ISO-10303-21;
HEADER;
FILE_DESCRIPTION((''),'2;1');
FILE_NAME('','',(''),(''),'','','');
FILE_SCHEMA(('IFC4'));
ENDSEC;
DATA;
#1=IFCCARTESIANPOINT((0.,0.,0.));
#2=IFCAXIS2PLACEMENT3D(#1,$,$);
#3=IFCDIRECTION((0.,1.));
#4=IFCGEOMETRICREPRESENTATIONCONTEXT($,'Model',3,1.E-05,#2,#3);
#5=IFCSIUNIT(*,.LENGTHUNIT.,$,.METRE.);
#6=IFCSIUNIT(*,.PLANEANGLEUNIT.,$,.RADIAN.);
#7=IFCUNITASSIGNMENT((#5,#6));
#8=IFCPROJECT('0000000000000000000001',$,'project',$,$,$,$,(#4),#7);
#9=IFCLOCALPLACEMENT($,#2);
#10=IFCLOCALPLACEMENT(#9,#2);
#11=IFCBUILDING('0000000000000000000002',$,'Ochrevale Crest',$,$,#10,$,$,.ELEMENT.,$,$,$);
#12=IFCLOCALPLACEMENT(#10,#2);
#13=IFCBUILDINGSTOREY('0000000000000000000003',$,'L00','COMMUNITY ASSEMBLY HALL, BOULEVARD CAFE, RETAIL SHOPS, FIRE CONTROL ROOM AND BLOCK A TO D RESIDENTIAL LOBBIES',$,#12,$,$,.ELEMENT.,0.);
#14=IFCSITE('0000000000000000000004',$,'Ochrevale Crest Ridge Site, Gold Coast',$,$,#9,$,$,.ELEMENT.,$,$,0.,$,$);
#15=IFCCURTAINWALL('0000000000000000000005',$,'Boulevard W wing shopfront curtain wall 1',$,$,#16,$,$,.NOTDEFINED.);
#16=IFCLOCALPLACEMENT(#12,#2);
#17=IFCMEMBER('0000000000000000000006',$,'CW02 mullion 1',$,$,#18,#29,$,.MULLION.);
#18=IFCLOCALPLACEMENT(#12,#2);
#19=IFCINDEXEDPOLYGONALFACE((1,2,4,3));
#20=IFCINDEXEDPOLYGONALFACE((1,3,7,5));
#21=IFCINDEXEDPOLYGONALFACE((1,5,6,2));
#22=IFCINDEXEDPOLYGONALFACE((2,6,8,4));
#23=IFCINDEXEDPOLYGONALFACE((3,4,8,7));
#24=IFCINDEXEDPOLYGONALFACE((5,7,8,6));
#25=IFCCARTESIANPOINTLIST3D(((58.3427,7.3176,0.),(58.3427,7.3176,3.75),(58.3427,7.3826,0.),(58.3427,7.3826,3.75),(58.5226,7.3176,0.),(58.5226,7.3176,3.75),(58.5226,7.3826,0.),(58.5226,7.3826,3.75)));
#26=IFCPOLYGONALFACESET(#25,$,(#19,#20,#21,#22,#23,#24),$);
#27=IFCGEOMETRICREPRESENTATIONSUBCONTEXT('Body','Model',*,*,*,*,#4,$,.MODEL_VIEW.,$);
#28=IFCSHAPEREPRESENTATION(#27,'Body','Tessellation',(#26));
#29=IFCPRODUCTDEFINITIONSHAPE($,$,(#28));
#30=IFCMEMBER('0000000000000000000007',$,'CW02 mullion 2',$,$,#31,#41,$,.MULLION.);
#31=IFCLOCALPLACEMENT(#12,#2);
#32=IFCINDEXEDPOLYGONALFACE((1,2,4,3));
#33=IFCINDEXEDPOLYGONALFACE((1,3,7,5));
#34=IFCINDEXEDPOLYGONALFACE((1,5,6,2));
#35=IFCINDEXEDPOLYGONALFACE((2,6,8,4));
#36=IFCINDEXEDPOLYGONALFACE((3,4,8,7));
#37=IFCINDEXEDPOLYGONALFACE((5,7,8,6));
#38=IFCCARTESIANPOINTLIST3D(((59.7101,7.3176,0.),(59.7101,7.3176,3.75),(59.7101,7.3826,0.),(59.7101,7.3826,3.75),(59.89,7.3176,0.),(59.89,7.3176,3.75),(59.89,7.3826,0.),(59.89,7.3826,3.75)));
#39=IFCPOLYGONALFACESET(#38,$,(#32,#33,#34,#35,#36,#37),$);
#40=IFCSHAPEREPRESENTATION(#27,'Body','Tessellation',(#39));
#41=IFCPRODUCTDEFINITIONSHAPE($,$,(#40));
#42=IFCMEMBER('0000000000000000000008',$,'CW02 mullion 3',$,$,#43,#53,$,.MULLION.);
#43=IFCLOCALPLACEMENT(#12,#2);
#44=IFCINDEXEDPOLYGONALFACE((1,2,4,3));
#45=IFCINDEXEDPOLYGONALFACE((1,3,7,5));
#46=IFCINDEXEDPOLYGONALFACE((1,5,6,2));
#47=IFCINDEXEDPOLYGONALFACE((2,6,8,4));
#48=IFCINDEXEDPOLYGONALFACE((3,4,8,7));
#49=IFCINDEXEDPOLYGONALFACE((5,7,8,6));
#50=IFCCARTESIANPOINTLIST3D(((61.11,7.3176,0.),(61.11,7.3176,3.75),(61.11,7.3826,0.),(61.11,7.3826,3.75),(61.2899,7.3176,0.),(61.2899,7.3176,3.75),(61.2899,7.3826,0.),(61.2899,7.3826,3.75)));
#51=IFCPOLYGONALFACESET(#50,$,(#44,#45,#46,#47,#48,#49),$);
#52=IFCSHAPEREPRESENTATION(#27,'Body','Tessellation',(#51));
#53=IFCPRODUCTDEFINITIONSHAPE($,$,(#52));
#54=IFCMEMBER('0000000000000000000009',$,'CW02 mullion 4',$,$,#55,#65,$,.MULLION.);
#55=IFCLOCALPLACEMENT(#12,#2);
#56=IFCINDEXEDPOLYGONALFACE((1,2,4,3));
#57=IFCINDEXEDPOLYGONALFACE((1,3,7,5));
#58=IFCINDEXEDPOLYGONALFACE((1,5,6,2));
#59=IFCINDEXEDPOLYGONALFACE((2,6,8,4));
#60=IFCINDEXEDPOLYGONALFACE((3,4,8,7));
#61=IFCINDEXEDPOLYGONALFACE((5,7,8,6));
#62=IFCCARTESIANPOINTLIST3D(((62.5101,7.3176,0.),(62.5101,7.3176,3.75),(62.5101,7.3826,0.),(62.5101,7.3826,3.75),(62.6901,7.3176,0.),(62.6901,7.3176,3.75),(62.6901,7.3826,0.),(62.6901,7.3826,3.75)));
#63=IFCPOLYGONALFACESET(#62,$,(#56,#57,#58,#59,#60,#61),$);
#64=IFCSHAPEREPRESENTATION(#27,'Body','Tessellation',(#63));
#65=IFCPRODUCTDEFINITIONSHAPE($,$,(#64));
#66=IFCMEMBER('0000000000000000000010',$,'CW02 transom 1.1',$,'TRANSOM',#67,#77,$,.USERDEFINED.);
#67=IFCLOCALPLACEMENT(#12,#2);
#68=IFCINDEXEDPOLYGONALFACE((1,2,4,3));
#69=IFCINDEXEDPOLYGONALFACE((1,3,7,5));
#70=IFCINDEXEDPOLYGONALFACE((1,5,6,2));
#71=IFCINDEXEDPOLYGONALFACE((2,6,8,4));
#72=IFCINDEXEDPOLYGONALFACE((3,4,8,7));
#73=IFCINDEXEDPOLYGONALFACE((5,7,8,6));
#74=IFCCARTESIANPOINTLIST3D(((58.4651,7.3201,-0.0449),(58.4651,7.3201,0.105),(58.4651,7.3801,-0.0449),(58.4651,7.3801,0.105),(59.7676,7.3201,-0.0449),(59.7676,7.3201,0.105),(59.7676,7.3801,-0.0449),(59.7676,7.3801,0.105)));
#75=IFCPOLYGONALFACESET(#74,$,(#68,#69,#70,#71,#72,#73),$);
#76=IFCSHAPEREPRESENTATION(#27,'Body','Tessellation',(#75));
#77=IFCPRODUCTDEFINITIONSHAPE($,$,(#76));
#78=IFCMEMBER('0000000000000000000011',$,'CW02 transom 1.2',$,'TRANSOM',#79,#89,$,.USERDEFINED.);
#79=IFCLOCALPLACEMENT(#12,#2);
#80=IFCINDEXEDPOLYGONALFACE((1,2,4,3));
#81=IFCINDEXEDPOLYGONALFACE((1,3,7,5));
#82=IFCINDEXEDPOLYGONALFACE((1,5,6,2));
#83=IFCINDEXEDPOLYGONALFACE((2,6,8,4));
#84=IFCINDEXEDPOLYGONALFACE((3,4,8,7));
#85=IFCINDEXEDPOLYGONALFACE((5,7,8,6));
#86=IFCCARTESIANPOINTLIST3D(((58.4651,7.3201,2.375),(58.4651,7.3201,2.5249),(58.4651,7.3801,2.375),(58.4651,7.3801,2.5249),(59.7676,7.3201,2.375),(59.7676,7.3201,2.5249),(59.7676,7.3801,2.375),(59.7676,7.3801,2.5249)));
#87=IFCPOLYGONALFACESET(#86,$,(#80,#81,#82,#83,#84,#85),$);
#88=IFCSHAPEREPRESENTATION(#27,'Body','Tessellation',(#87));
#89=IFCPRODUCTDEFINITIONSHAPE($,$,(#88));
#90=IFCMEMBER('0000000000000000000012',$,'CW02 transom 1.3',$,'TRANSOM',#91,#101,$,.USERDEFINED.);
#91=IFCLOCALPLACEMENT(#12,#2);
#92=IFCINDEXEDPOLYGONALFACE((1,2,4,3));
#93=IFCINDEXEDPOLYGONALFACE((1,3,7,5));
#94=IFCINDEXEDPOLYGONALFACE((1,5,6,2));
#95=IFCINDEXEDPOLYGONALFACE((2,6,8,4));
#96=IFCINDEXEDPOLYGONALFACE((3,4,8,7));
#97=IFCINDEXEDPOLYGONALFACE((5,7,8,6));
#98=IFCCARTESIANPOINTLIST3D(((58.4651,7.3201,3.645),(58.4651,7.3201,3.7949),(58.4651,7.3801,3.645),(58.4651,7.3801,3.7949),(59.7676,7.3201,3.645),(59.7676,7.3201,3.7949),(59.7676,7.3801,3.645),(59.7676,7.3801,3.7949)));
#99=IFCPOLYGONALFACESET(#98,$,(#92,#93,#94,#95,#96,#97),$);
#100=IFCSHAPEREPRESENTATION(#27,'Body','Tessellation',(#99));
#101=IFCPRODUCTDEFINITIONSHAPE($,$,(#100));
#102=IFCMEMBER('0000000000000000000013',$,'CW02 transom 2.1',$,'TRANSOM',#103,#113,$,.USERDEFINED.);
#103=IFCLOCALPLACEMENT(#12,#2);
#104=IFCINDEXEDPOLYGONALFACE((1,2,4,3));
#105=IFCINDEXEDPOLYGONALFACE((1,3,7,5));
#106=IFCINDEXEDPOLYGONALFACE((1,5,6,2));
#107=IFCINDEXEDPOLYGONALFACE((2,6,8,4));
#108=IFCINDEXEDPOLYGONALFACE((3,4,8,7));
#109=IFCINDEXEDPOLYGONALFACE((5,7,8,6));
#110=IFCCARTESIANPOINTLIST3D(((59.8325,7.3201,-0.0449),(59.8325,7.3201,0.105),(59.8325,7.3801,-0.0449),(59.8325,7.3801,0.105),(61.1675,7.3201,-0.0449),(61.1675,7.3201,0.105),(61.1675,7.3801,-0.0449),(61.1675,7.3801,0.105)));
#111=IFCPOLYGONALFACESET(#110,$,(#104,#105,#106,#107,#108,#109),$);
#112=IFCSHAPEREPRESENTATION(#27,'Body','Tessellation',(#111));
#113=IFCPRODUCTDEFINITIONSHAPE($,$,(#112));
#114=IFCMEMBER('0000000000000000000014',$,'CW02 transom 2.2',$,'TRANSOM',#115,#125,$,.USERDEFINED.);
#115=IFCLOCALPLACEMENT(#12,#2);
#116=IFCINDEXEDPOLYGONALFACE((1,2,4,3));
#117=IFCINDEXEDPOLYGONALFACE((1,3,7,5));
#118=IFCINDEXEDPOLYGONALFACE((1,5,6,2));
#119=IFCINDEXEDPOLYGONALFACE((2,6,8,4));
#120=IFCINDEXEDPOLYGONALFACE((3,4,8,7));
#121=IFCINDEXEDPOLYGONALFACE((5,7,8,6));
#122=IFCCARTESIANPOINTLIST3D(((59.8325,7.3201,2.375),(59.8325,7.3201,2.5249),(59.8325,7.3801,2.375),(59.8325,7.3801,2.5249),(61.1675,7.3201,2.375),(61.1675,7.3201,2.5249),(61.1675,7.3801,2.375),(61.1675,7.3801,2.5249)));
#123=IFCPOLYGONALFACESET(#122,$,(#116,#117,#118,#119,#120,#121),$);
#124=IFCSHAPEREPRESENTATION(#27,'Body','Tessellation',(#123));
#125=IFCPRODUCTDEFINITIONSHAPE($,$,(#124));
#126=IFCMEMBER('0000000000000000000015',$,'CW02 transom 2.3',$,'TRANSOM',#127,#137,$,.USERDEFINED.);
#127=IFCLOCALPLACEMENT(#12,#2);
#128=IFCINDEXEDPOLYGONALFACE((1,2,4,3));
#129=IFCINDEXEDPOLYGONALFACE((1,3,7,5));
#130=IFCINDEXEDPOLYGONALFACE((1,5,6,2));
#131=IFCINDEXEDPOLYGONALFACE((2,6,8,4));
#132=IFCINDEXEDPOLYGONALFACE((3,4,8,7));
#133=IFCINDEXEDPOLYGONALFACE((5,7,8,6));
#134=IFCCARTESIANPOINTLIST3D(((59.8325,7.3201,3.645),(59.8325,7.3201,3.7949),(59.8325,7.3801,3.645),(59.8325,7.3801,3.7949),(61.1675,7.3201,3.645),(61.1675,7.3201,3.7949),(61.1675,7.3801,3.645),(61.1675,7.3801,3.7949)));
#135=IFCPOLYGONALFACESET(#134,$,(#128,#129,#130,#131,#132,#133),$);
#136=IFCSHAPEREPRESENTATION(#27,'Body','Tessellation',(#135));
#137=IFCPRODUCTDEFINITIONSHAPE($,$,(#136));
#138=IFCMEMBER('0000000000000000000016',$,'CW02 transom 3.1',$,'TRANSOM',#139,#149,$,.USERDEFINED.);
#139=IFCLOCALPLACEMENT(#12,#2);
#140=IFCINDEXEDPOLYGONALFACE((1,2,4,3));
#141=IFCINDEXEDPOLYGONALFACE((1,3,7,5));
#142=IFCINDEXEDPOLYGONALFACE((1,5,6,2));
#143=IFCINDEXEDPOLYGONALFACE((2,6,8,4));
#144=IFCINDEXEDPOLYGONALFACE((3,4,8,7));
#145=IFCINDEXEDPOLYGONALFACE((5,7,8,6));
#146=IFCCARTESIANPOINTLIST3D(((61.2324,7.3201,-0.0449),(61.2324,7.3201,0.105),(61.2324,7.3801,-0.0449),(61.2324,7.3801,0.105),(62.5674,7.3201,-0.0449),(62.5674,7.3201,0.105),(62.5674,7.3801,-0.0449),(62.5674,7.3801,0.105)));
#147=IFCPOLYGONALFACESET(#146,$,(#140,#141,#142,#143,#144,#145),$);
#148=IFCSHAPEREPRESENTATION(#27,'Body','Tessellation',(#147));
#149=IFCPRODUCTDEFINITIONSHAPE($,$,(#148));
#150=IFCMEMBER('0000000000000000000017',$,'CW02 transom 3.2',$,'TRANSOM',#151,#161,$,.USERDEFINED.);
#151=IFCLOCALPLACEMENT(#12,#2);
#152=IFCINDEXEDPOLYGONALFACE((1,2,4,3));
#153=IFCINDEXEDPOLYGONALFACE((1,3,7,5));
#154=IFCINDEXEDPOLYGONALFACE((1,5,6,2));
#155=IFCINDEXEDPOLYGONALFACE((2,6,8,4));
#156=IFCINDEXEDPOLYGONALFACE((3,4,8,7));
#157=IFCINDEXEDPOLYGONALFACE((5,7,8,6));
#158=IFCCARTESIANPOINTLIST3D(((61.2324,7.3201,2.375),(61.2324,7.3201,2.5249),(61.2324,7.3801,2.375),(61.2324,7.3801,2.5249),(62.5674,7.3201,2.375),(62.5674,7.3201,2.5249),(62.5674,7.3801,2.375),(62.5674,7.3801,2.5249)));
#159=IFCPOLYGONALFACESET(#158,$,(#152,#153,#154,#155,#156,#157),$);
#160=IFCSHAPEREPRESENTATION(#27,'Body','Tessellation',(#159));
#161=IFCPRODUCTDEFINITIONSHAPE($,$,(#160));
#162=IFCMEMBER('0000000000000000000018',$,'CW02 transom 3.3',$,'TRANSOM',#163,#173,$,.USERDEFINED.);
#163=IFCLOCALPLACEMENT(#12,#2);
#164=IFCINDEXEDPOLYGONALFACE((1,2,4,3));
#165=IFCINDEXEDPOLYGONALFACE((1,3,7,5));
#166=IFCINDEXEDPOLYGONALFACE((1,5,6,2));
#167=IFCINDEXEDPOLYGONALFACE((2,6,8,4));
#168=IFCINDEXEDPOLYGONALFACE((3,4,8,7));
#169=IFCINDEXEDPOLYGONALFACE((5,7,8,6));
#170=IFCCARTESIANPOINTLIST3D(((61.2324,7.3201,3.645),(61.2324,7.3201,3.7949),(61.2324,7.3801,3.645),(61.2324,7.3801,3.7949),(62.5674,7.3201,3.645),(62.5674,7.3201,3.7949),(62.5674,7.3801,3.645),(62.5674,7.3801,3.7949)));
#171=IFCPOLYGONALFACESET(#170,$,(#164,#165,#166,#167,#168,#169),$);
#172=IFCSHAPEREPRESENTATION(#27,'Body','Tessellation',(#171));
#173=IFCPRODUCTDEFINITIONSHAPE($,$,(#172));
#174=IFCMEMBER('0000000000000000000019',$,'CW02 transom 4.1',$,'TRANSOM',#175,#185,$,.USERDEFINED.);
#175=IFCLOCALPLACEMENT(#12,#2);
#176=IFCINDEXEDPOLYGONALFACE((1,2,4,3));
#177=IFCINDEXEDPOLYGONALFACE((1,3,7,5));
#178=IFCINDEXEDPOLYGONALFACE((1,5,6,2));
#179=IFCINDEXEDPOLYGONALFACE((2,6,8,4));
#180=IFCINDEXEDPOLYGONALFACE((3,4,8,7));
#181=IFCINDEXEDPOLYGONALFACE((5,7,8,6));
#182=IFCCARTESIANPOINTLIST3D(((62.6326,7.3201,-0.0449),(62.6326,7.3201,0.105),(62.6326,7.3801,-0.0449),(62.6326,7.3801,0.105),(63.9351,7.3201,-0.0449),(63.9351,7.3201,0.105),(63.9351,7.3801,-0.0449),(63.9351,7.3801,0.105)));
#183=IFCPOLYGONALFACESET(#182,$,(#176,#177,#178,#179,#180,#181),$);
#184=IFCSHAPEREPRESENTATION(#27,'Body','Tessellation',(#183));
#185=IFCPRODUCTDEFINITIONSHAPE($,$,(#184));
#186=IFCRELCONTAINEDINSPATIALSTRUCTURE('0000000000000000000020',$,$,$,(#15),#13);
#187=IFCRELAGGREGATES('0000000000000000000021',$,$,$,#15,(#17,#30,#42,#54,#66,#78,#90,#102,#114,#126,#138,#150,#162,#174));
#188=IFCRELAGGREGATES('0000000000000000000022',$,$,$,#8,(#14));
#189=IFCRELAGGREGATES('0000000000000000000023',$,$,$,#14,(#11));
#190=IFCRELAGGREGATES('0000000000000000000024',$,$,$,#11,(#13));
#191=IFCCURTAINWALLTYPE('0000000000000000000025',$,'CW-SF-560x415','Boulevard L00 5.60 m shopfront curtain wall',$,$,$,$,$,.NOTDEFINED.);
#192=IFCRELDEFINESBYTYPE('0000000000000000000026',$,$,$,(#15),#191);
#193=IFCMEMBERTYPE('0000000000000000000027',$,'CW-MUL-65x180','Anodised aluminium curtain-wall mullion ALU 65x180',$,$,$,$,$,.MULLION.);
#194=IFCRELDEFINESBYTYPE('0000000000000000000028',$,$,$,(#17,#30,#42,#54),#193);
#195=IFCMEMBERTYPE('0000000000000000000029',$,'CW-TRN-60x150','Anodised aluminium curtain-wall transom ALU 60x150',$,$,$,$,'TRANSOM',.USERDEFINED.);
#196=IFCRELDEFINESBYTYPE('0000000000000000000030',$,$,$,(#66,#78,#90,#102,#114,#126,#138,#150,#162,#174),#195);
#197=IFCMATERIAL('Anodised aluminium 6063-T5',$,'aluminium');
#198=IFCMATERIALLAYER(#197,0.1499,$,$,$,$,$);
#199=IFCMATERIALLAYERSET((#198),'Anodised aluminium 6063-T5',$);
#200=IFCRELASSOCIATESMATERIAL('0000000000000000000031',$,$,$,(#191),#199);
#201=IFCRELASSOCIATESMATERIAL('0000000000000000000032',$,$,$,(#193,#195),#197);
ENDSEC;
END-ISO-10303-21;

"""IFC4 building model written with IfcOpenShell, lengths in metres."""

from ifc_helpers import new_model, si_unit, direction, frame, origin, origin_2d, place, context, subcontext, project, spatial, rectangle, extrude, material, layer, layer_set, material_profile, profile_set, type_object, element, aggregate, save


model = new_model("IFC4")

# Units and contexts
model_context = context("Model", 3, precision=1e-05, world=origin(), true_north=direction((0.0, 1.0)))
body_context = subcontext(model_context, "Body", "Model", "MODEL_VIEW")
ifc_project = project(units=[si_unit("LENGTHUNIT", "METRE"), si_unit("PLANEANGLEUNIT", "RADIAN")], contexts=[model_context])

# Site, building, storey
site_placement = place(None, origin())
site = spatial("IfcSite", under=ifc_project, at=site_placement, Name="Ochrevale Crest Ridge Site, Gold Coast", CompositionType="ELEMENT", RefElevation=0.0)
building_placement = place(site_placement, origin())
building = spatial("IfcBuilding", under=site, at=building_placement, Name="Ochrevale Crest", CompositionType="ELEMENT")
storey_placement = place(building_placement, origin())
storey = spatial("IfcBuildingStorey", under=building, at=storey_placement, Name="L00", Description="COMMUNITY ASSEMBLY HALL, BOULEVARD CAFE, RETAIL SHOPS, FIRE CONTROL ROOM AND BLOCK A TO D RESIDENTIAL LOBBIES", CompositionType="ELEMENT", Elevation=0.0)

# Curtain wall, members
ifc_material_1 = material(Name="Anodised aluminium 6063-T5", Category="aluminium")
ifc_layer_1 = layer(ifc_material_1, 0.1499)
ifc_layer_set_1 = layer_set([ifc_layer_1], Name="Anodised aluminium 6063-T5")
curtain_wall_type = type_object("IfcCurtainWallType", Name="CW-SF-560x415", Description="Boulevard L00 5.60 m shopfront curtain wall", PredefinedType="NOTDEFINED", material=ifc_layer_set_1)
curtain_wall_placement = place(storey_placement, origin())
curtain_wall = element("IfcCurtainWall", 1, at=curtain_wall_placement, inside=storey, type_object=curtain_wall_type, Name="Boulevard W wing shopfront curtain wall 1", PredefinedType="NOTDEFINED")
ifc_material_profile_1 = material_profile(ifc_material_1, rectangle(XDim=0.0649, YDim=0.1799, at=origin_2d()), Name="ALU 65x180")
ifc_profile_set_1 = profile_set([ifc_material_profile_1], Name="Anodised aluminium 6063-T5")
member_type_1 = type_object("IfcMemberType", Name="CW-MUL-65x180", Description="Anodised aluminium curtain-wall mullion ALU 65x180", PredefinedType="MULLION", material=ifc_profile_set_1)
member_1_placement = place(storey_placement, frame((58.4326, 7.3501, 0.0), z_axis=(0.0, 0.0, 1.0), x_axis=(0.0, 1.0, 0.0)))
member_1 = element("IfcMember", 2, at=member_1_placement, type_object=member_type_1, Name="CW02 mullion 1", PredefinedType="MULLION", context=body_context, shape_type="SweptSolid", body=[
    extrude(rectangle(XDim=0.0649, YDim=0.1799, at=origin_2d()), origin(), (0.0, 0.0, 1.0), 3.75),
])
member_2_placement = place(storey_placement, frame((59.8, 7.3501, 0.0), z_axis=(0.0, 0.0, 1.0), x_axis=(0.0, 1.0, 0.0)))
member_2 = element("IfcMember", 3, at=member_2_placement, type_object=member_type_1, Name="CW02 mullion 2", PredefinedType="MULLION", context=body_context, shape_type="SweptSolid", body=[
    extrude(rectangle(XDim=0.0649, YDim=0.1799, at=origin_2d()), origin(), (0.0, 0.0, 1.0), 3.75),
])
member_3_placement = place(storey_placement, frame((61.2, 7.3501, 0.0), z_axis=(0.0, 0.0, 1.0), x_axis=(0.0, 1.0, 0.0)))
member_3 = element("IfcMember", 4, at=member_3_placement, type_object=member_type_1, Name="CW02 mullion 3", PredefinedType="MULLION", context=body_context, shape_type="SweptSolid", body=[
    extrude(rectangle(XDim=0.0649, YDim=0.1799, at=origin_2d()), origin(), (0.0, 0.0, 1.0), 3.75),
])
member_4_placement = place(storey_placement, frame((62.6001, 7.3501, 0.0), z_axis=(0.0, 0.0, 1.0), x_axis=(0.0, 1.0, 0.0)))
member_4 = element("IfcMember", 5, at=member_4_placement, type_object=member_type_1, Name="CW02 mullion 4", PredefinedType="MULLION", context=body_context, shape_type="SweptSolid", body=[
    extrude(rectangle(XDim=0.0649, YDim=0.1799, at=origin_2d()), origin(), (0.0, 0.0, 1.0), 3.75),
])
ifc_material_profile_2 = material_profile(ifc_material_1, rectangle(XDim=0.0601, YDim=0.1499, at=origin_2d()), Name="ALU 60x150")
ifc_profile_set_2 = profile_set([ifc_material_profile_2], Name="Anodised aluminium 6063-T5")
member_type_2 = type_object("IfcMemberType", Name="CW-TRN-60x150", Description="Anodised aluminium curtain-wall transom ALU 60x150", ElementType="TRANSOM", PredefinedType="USERDEFINED", material=ifc_profile_set_2)
member_5_placement = place(storey_placement, frame((58.4651, 7.3501, 0.03), z_axis=(1.0, 0.0, 0.0), x_axis=(0.0, 1.0, 0.0)))
member_5 = element("IfcMember", 6, at=member_5_placement, type_object=member_type_2, Name="CW02 transom 1.1", ObjectType="TRANSOM", PredefinedType="USERDEFINED", context=body_context, shape_type="SweptSolid", body=[
    extrude(rectangle(XDim=0.0601, YDim=0.1499, at=origin_2d()), origin(), (0.0, 0.0, 1.0), 1.3025),
])
member_6_placement = place(storey_placement, frame((58.4651, 7.3501, 2.45), z_axis=(1.0, 0.0, 0.0), x_axis=(0.0, 1.0, 0.0)))
member_6 = element("IfcMember", 7, at=member_6_placement, type_object=member_type_2, Name="CW02 transom 1.2", ObjectType="TRANSOM", PredefinedType="USERDEFINED", context=body_context, shape_type="SweptSolid", body=[
    extrude(rectangle(XDim=0.0601, YDim=0.1499, at=origin_2d()), origin(), (0.0, 0.0, 1.0), 1.3025),
])
member_7_placement = place(storey_placement, frame((58.4651, 7.3501, 3.72), z_axis=(1.0, 0.0, 0.0), x_axis=(0.0, 1.0, 0.0)))
member_7 = element("IfcMember", 8, at=member_7_placement, type_object=member_type_2, Name="CW02 transom 1.3", ObjectType="TRANSOM", PredefinedType="USERDEFINED", context=body_context, shape_type="SweptSolid", body=[
    extrude(rectangle(XDim=0.0601, YDim=0.1499, at=origin_2d()), origin(), (0.0, 0.0, 1.0), 1.3025),
])
member_8_placement = place(storey_placement, frame((59.8325, 7.3501, 0.03), z_axis=(1.0, 0.0, 0.0), x_axis=(0.0, 1.0, 0.0)))
member_8 = element("IfcMember", 9, at=member_8_placement, type_object=member_type_2, Name="CW02 transom 2.1", ObjectType="TRANSOM", PredefinedType="USERDEFINED", context=body_context, shape_type="SweptSolid", body=[
    extrude(rectangle(XDim=0.0601, YDim=0.1499, at=origin_2d()), origin(), (0.0, 0.0, 1.0), 1.335),
])
member_9_placement = place(storey_placement, frame((59.8325, 7.3501, 2.45), z_axis=(1.0, 0.0, 0.0), x_axis=(0.0, 1.0, 0.0)))
member_9 = element("IfcMember", 10, at=member_9_placement, type_object=member_type_2, Name="CW02 transom 2.2", ObjectType="TRANSOM", PredefinedType="USERDEFINED", context=body_context, shape_type="SweptSolid", body=[
    extrude(rectangle(XDim=0.0601, YDim=0.1499, at=origin_2d()), origin(), (0.0, 0.0, 1.0), 1.335),
])
member_10_placement = place(storey_placement, frame((59.8325, 7.3501, 3.72), z_axis=(1.0, 0.0, 0.0), x_axis=(0.0, 1.0, 0.0)))
member_10 = element("IfcMember", 11, at=member_10_placement, type_object=member_type_2, Name="CW02 transom 2.3", ObjectType="TRANSOM", PredefinedType="USERDEFINED", context=body_context, shape_type="SweptSolid", body=[
    extrude(rectangle(XDim=0.0601, YDim=0.1499, at=origin_2d()), origin(), (0.0, 0.0, 1.0), 1.335),
])
member_11_placement = place(storey_placement, frame((61.2324, 7.3501, 0.03), z_axis=(1.0, 0.0, 0.0), x_axis=(0.0, 1.0, 0.0)))
member_11 = element("IfcMember", 12, at=member_11_placement, type_object=member_type_2, Name="CW02 transom 3.1", ObjectType="TRANSOM", PredefinedType="USERDEFINED", context=body_context, shape_type="SweptSolid", body=[
    extrude(rectangle(XDim=0.0601, YDim=0.1499, at=origin_2d()), origin(), (0.0, 0.0, 1.0), 1.335),
])
member_12_placement = place(storey_placement, frame((61.2324, 7.3501, 2.45), z_axis=(1.0, 0.0, 0.0), x_axis=(0.0, 1.0, 0.0)))
member_12 = element("IfcMember", 13, at=member_12_placement, type_object=member_type_2, Name="CW02 transom 3.2", ObjectType="TRANSOM", PredefinedType="USERDEFINED", context=body_context, shape_type="SweptSolid", body=[
    extrude(rectangle(XDim=0.0601, YDim=0.1499, at=origin_2d()), origin(), (0.0, 0.0, 1.0), 1.335),
])
member_13_placement = place(storey_placement, frame((61.2324, 7.3501, 3.72), z_axis=(1.0, 0.0, 0.0), x_axis=(0.0, 1.0, 0.0)))
member_13 = element("IfcMember", 14, at=member_13_placement, type_object=member_type_2, Name="CW02 transom 3.3", ObjectType="TRANSOM", PredefinedType="USERDEFINED", context=body_context, shape_type="SweptSolid", body=[
    extrude(rectangle(XDim=0.0601, YDim=0.1499, at=origin_2d()), origin(), (0.0, 0.0, 1.0), 1.335),
])
member_14_placement = place(storey_placement, frame((62.6326, 7.3501, 0.03), z_axis=(1.0, 0.0, 0.0), x_axis=(0.0, 1.0, 0.0)))
member_14 = element("IfcMember", 15, at=member_14_placement, type_object=member_type_2, Name="CW02 transom 4.1", ObjectType="TRANSOM", PredefinedType="USERDEFINED", context=body_context, shape_type="SweptSolid", body=[
    extrude(rectangle(XDim=0.0601, YDim=0.1499, at=origin_2d()), origin(), (0.0, 0.0, 1.0), 1.3025),
])
aggregate(curtain_wall, [member_1, member_2, member_3, member_4, member_5, member_6, member_7, member_8, member_9, member_10, member_11, member_12, member_13, member_14])

save(model, "model.ifc")
